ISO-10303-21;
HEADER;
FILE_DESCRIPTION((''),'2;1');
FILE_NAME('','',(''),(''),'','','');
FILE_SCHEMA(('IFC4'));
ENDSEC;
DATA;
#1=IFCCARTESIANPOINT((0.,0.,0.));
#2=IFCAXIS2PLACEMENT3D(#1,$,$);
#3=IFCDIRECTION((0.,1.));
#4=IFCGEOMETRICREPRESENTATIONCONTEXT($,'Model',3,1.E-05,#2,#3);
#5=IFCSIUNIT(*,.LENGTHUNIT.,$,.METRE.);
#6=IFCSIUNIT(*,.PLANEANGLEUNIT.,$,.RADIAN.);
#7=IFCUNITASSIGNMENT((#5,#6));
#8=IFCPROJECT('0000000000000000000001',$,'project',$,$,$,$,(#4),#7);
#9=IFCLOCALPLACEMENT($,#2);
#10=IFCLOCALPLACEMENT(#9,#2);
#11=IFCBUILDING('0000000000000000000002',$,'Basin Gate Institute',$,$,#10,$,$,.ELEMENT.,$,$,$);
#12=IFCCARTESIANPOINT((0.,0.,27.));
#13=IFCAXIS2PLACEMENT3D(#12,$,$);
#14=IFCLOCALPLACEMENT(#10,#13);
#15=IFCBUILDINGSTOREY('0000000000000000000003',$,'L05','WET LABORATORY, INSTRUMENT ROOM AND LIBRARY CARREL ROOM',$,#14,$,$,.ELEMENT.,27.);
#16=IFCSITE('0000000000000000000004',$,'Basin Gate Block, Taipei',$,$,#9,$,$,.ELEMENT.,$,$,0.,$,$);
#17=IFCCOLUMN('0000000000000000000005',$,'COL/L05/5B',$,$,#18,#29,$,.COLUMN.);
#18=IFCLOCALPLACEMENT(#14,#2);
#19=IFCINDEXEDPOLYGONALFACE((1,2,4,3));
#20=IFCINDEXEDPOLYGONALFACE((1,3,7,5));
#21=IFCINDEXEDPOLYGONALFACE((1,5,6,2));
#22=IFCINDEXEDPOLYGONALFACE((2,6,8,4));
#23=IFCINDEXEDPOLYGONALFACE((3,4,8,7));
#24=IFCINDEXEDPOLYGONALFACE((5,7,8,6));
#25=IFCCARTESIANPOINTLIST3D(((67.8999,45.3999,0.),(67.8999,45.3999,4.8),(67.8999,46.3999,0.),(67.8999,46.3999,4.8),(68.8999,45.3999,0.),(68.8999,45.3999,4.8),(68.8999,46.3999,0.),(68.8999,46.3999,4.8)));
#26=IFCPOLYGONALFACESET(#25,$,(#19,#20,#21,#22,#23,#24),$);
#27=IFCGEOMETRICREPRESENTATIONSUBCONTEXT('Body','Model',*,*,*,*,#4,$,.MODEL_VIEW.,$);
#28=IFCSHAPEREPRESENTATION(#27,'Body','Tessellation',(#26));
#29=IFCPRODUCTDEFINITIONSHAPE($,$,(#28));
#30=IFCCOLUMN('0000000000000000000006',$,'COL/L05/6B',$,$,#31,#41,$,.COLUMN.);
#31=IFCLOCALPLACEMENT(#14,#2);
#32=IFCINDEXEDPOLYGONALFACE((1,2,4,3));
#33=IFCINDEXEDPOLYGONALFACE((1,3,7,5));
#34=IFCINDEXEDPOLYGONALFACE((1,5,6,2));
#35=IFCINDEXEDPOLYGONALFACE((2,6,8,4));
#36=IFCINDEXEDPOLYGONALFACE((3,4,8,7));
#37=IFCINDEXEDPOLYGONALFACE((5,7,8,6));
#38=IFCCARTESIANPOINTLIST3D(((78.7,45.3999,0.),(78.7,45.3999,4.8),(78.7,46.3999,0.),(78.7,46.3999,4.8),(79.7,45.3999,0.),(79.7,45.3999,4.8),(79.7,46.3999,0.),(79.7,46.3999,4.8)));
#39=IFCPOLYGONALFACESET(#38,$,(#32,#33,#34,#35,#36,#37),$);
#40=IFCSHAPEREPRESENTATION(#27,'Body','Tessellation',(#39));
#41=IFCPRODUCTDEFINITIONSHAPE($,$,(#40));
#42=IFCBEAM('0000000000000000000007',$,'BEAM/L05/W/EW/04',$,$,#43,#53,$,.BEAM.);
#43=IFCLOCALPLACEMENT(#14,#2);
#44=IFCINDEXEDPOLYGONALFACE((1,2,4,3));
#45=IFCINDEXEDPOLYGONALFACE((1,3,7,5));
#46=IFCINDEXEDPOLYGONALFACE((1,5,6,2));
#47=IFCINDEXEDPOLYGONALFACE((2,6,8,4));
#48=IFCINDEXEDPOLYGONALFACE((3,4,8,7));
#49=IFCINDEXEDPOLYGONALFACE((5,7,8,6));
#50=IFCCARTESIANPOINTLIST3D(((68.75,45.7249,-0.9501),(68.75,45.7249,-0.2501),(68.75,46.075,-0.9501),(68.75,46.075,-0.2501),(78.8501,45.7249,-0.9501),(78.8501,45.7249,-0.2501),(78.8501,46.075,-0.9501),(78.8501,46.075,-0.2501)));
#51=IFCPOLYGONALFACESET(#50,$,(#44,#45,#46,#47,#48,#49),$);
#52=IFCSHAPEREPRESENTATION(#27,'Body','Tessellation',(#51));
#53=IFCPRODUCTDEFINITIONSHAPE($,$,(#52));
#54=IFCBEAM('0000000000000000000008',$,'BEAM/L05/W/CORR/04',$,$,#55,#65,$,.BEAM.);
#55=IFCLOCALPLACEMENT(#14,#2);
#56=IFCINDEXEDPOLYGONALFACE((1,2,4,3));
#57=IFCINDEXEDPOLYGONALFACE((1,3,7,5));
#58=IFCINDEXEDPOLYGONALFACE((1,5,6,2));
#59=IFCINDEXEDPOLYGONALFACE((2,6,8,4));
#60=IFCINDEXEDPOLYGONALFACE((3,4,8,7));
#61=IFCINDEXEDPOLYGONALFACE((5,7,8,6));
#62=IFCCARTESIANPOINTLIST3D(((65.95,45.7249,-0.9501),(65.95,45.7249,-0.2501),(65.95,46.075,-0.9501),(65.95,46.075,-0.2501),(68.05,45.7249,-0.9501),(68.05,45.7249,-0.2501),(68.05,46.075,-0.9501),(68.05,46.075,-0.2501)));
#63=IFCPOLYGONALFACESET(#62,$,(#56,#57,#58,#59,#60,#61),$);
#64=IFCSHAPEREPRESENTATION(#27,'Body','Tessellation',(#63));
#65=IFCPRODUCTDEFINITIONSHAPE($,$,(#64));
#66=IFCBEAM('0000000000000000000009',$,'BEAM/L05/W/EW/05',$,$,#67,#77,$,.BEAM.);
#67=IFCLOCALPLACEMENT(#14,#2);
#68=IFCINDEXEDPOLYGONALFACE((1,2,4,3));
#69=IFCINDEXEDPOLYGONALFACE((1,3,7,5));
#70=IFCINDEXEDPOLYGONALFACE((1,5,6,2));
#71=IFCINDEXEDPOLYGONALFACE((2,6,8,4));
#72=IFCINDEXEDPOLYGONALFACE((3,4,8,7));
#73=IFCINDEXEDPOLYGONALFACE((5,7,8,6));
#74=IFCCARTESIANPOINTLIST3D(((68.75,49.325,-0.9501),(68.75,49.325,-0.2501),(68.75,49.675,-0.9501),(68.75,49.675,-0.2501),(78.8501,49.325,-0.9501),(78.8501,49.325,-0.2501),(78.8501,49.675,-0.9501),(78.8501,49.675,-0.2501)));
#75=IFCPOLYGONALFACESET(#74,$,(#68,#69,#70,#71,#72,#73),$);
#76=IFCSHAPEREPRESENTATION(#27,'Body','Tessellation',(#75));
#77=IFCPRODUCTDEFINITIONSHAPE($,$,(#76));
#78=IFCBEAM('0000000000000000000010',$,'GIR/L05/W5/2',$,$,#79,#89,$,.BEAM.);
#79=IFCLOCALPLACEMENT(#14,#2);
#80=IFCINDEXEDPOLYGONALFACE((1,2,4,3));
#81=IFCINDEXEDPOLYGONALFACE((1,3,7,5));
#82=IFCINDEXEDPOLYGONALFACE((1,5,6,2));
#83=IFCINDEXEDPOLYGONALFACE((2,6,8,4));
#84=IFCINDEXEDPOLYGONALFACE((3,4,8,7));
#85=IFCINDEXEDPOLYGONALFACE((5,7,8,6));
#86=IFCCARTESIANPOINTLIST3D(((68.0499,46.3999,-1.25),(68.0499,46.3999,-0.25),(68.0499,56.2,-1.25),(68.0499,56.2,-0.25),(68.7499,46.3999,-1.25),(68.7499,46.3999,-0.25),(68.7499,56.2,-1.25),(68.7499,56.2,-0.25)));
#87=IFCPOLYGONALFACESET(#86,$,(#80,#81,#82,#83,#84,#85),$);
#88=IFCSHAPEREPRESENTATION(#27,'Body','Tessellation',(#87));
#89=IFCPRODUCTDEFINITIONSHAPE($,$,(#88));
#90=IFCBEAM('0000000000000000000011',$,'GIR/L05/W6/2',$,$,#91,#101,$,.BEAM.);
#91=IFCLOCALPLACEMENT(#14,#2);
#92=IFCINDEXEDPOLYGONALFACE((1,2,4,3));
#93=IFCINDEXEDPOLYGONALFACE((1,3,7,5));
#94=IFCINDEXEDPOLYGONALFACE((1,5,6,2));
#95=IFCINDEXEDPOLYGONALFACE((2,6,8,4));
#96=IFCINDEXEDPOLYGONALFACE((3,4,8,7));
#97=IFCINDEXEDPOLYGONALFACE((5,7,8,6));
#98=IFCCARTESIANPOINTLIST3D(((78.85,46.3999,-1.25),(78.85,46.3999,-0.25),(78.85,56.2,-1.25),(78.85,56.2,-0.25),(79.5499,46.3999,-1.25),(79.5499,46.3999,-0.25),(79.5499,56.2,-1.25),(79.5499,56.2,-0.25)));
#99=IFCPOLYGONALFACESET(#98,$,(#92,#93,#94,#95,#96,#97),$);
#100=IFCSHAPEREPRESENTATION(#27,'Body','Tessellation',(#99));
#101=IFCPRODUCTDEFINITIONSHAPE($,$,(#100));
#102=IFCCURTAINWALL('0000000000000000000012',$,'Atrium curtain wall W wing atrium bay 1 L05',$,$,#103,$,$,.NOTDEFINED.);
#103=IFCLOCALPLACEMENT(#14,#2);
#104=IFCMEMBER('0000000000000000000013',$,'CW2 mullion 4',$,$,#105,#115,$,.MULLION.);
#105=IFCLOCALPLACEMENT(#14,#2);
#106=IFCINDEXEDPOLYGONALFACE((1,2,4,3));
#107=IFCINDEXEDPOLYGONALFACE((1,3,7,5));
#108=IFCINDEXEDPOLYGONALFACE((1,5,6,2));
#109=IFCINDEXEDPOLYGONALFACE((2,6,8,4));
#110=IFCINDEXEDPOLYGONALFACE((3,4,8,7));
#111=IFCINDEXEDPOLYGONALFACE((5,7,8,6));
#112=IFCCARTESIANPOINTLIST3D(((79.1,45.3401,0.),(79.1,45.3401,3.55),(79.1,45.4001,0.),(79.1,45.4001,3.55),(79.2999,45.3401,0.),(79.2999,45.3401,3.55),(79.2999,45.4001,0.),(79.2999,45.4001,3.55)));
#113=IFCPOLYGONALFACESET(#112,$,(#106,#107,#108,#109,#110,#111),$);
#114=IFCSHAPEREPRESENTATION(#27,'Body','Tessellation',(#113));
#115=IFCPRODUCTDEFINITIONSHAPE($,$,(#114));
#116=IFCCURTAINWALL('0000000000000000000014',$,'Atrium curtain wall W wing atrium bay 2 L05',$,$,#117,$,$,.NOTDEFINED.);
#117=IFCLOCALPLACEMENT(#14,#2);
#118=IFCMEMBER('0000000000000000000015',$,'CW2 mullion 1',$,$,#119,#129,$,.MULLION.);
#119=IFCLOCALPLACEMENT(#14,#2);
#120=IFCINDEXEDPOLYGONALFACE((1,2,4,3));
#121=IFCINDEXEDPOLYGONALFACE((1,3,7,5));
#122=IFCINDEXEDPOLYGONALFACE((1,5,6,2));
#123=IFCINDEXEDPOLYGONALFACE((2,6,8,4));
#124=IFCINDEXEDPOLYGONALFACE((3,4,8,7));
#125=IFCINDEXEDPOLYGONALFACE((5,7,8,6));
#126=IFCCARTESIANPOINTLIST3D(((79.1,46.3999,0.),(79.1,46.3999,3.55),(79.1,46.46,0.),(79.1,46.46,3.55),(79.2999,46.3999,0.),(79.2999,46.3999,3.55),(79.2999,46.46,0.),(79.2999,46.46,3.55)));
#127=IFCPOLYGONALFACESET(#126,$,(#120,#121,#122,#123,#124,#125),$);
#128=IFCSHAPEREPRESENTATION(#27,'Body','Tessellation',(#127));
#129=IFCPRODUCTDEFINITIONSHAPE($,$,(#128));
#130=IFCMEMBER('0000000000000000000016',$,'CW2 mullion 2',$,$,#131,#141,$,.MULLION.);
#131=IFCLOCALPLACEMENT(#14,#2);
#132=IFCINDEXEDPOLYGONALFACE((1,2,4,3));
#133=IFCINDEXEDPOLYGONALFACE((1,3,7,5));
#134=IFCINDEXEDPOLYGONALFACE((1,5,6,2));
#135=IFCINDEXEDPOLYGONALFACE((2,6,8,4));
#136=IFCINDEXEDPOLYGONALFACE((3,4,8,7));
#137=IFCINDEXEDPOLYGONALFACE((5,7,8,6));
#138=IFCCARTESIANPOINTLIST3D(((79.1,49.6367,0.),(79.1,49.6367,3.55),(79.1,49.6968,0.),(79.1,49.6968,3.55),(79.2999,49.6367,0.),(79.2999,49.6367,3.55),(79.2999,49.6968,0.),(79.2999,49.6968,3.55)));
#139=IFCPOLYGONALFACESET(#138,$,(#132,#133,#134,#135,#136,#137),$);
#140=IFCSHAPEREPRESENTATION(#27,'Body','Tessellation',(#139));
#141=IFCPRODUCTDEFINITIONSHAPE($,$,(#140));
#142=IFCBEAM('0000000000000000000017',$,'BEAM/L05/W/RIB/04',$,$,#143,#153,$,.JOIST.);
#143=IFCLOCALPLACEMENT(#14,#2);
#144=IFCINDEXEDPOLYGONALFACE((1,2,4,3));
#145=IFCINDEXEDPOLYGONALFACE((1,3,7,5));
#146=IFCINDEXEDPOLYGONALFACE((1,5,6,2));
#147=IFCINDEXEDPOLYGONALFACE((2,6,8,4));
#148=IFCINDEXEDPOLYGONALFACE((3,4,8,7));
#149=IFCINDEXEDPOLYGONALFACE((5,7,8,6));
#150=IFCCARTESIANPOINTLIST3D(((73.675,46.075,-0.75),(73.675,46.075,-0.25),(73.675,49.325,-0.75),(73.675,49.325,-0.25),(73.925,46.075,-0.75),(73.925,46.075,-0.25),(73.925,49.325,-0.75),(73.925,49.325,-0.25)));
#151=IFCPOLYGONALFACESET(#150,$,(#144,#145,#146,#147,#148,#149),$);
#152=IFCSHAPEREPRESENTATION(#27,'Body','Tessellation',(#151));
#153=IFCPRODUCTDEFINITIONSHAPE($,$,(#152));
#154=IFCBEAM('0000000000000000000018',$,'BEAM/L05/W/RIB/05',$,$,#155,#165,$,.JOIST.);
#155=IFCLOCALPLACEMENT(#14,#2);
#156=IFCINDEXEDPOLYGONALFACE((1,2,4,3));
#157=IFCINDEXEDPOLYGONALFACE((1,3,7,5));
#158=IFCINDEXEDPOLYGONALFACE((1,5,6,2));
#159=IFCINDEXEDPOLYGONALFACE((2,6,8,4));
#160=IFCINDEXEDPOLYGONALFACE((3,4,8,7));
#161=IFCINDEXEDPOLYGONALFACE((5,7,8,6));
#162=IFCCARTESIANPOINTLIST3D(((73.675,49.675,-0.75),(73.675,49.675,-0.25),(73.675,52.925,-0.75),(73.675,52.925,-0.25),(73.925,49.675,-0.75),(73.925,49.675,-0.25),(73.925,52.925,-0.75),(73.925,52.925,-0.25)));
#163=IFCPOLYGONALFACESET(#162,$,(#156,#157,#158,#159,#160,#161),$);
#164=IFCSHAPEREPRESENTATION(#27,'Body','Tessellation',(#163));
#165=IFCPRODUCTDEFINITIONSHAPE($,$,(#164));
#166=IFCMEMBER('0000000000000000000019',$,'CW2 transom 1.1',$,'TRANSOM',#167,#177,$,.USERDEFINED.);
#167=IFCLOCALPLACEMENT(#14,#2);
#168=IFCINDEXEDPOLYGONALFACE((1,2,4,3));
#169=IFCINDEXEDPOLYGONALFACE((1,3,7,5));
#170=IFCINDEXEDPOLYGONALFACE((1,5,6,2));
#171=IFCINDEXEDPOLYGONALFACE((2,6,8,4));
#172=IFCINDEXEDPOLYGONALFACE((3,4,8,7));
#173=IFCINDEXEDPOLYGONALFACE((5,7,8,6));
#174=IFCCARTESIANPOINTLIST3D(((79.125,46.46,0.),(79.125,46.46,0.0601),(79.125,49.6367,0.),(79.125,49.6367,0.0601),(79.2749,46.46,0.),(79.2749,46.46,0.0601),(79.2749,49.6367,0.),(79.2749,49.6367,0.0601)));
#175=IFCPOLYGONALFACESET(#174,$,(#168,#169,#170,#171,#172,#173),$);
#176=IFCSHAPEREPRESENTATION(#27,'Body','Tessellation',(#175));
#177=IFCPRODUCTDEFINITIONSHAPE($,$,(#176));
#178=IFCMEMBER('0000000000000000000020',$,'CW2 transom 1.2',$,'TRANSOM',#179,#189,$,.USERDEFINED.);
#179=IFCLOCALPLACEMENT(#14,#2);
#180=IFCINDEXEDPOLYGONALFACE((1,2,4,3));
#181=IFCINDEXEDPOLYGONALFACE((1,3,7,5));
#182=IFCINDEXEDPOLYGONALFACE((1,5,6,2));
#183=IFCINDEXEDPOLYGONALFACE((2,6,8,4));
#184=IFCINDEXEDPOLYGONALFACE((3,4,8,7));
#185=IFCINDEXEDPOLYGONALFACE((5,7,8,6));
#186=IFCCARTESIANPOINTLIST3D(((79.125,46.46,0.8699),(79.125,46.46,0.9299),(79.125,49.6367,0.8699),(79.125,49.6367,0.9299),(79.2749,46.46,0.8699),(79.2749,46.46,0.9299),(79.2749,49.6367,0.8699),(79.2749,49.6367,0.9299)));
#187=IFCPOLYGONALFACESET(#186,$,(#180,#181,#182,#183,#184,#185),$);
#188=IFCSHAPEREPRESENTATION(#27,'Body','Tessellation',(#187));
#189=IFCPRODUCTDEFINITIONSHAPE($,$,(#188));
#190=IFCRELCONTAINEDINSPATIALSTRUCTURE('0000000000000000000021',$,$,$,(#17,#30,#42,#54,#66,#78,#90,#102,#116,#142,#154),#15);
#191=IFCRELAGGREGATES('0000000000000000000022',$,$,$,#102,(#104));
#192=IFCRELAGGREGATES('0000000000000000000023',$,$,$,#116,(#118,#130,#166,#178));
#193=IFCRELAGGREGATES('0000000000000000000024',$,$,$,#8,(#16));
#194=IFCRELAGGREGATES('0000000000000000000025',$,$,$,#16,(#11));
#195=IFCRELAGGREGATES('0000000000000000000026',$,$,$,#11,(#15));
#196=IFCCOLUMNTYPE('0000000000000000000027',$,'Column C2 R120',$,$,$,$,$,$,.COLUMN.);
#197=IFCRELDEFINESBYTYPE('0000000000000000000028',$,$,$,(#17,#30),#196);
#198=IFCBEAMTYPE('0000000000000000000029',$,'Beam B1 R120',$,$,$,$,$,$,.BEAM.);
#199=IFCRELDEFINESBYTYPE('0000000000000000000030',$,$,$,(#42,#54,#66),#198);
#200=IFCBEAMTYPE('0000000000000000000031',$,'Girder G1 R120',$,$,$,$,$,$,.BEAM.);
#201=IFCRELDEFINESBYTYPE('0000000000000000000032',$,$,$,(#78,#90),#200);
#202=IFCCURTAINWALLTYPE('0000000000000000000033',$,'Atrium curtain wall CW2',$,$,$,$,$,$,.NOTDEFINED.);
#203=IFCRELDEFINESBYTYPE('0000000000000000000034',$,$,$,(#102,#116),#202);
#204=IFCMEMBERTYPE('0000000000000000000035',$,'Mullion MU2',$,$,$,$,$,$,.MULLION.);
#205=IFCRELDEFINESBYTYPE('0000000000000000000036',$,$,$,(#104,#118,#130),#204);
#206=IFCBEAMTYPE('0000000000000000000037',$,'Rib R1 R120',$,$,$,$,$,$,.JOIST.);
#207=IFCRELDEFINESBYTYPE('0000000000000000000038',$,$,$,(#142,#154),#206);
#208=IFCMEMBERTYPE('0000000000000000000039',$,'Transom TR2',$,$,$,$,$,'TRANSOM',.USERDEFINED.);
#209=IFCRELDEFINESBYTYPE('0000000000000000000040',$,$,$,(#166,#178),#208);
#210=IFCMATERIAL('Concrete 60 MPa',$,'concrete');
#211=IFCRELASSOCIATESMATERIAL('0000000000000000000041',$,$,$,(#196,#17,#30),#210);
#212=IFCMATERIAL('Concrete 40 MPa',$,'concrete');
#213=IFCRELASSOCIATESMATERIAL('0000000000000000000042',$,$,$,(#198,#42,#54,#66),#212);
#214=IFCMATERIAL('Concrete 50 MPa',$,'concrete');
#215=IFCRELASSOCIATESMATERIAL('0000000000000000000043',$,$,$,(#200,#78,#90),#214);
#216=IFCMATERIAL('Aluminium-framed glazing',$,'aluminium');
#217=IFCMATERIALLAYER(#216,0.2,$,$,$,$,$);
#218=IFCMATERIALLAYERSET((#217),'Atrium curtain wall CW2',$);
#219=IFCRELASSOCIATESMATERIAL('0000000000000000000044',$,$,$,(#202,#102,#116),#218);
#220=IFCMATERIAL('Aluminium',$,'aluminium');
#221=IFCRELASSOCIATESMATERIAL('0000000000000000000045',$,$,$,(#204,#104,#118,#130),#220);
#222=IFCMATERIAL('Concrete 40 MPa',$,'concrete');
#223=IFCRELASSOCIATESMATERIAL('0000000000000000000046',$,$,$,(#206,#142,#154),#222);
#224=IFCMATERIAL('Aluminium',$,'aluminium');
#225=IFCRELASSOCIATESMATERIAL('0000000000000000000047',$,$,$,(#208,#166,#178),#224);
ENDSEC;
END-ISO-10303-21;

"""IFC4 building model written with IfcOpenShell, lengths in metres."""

from ifc_helpers import new_model, si_unit, direction, frame, origin, origin_2d, place, context, subcontext, project, spatial, rectangle, extrude, material, layer, layer_set, material_profile, profile_set, type_object, element, aggregate, save


model = new_model("IFC4")

# Units and contexts
model_context = context("Model", 3, precision=1e-05, world=origin(), true_north=direction((0.0, 1.0)))
body_context = subcontext(model_context, "Body", "Model", "MODEL_VIEW")
ifc_project = project(units=[si_unit("LENGTHUNIT", "METRE"), si_unit("PLANEANGLEUNIT", "RADIAN")], contexts=[model_context])

# Site, building, storey
site_placement = place(None, origin())
site = spatial("IfcSite", under=ifc_project, at=site_placement, Name="Basin Gate Block, Taipei", CompositionType="ELEMENT", RefElevation=0.0)
building_placement = place(site_placement, origin())
building = spatial("IfcBuilding", under=site, at=building_placement, Name="Basin Gate Institute", CompositionType="ELEMENT")
storey_placement = place(building_placement, frame((0.0, 0.0, 27.0)))
storey = spatial("IfcBuildingStorey", under=building, at=storey_placement, Name="L05", Description="WET LABORATORY, INSTRUMENT ROOM AND LIBRARY CARREL ROOM", CompositionType="ELEMENT", Elevation=27.0)

# Columns
ifc_material_1 = material(Name="Concrete 60 MPa", Category="concrete")
ifc_material_profile_1 = material_profile(ifc_material_1, rectangle(XDim=1.0, YDim=1.0, at=origin_2d()), Name="Column C2 1000 x 1000")
ifc_profile_set_1 = profile_set([ifc_material_profile_1], Name="Concrete 60 MPa")
column_type = type_object("IfcColumnType", Name="Column C2 R120", PredefinedType="COLUMN", material=ifc_profile_set_1)
for number, where, z_axis, x_axis, name in (
    (1, (68.3999, 45.8999, 0.0), (0.0, 0.0, 1.0), (1.0, 0.0, 0.0), "COL/L05/5B"),
    (2, (79.2, 45.8999, 0.0), (0.0, 0.0, 1.0), (1.0, 0.0, 0.0), "COL/L05/6B"),
):
    element("IfcColumn", number, at=place(storey_placement, frame(where, z_axis=z_axis, x_axis=x_axis)), inside=storey, type_object=column_type, material=ifc_profile_set_1, Name=name, PredefinedType="COLUMN", context=body_context, shape_type="SweptSolid", body=[
        extrude(rectangle(XDim=1.0, YDim=1.0, at=origin_2d()), origin(), (0.0, 0.0, 1.0), 4.8),
    ])

# Beams
ifc_material_2 = material(Name="Concrete 40 MPa", Category="concrete")
ifc_material_profile_2 = material_profile(ifc_material_2, rectangle(XDim=0.3501, YDim=0.7, at=origin_2d()), Name="Beam B1 350 x 700")
ifc_profile_set_2 = profile_set([ifc_material_profile_2], Name="Concrete 40 MPa")
beam_type_1 = type_object("IfcBeamType", Name="Beam B1 R120", PredefinedType="BEAM", material=ifc_profile_set_2)
beam_1_placement = place(storey_placement, frame((68.75, 45.8999, -0.6001), z_axis=(1.0, 0.0, 0.0), x_axis=(0.0, 1.0, 0.0)))
element("IfcBeam", 3, at=beam_1_placement, inside=storey, type_object=beam_type_1, material=ifc_profile_set_2, Name="BEAM/L05/W/EW/04", PredefinedType="BEAM", context=body_context, shape_type="SweptSolid", body=[
    extrude(rectangle(XDim=0.3501, YDim=0.7, at=origin_2d()), origin(), (0.0, 0.0, 1.0), 10.1001),
])
beam_2_placement = place(storey_placement, frame((65.95, 45.8999, -0.6001), z_axis=(1.0, 0.0, 0.0), x_axis=(0.0, 1.0, 0.0)))
element("IfcBeam", 4, at=beam_2_placement, inside=storey, type_object=beam_type_1, material=ifc_profile_set_2, Name="BEAM/L05/W/CORR/04", PredefinedType="BEAM", context=body_context, shape_type="SweptSolid", body=[
    extrude(rectangle(XDim=0.3501, YDim=0.7, at=origin_2d()), origin(), (0.0, 0.0, 1.0), 2.1001),
])
beam_3_placement = place(storey_placement, frame((68.75, 49.5, -0.6001), z_axis=(1.0, 0.0, 0.0), x_axis=(0.0, 1.0, 0.0)))
element("IfcBeam", 5, at=beam_3_placement, inside=storey, type_object=beam_type_1, material=ifc_profile_set_2, Name="BEAM/L05/W/EW/05", PredefinedType="BEAM", context=body_context, shape_type="SweptSolid", body=[
    extrude(rectangle(XDim=0.3501, YDim=0.7, at=origin_2d()), origin(), (0.0, 0.0, 1.0), 10.1001),
])
ifc_material_3 = material(Name="Concrete 50 MPa", Category="concrete")
ifc_material_profile_3 = material_profile(ifc_material_3, rectangle(XDim=0.7, YDim=1.0, at=origin_2d()), Name="Girder G1 700 x 1000")
ifc_profile_set_3 = profile_set([ifc_material_profile_3], Name="Concrete 50 MPa")
beam_type_2 = type_object("IfcBeamType", Name="Girder G1 R120", PredefinedType="BEAM", material=ifc_profile_set_3)
for number, where, z_axis, x_axis, name in (
    (6, (68.3999, 46.3999, -0.75), (0.0, 1.0, 0.0), (-1.0, 0.0, 0.0), "GIR/L05/W5/2"),
    (7, (79.2, 46.3999, -0.75), (0.0, 1.0, 0.0), (-1.0, 0.0, 0.0), "GIR/L05/W6/2"),
):
    element("IfcBeam", number, at=place(storey_placement, frame(where, z_axis=z_axis, x_axis=x_axis)), inside=storey, type_object=beam_type_2, material=ifc_profile_set_3, Name=name, PredefinedType="BEAM", context=body_context, shape_type="SweptSolid", body=[
        extrude(rectangle(XDim=0.7, YDim=1.0, at=origin_2d()), origin(), (0.0, 0.0, 1.0), 9.8),
    ])

# Curtain wall, member
ifc_material_4 = material(Name="Aluminium-framed glazing", Category="aluminium")
ifc_layer_1 = layer(ifc_material_4, 0.2)
ifc_layer_set_1 = layer_set([ifc_layer_1], Name="Atrium curtain wall CW2")
curtain_wall_type = type_object("IfcCurtainWallType", Name="Atrium curtain wall CW2", PredefinedType="NOTDEFINED", material=ifc_layer_set_1)
curtain_wall_1_placement = place(storey_placement, origin())
curtain_wall_1 = element("IfcCurtainWall", 8, at=curtain_wall_1_placement, inside=storey, type_object=curtain_wall_type, material=ifc_layer_set_1, Name="Atrium curtain wall W wing atrium bay 1 L05", PredefinedType="NOTDEFINED")
ifc_material_5 = material(Name="Aluminium", Category="aluminium")
ifc_material_profile_4 = material_profile(ifc_material_5, rectangle(XDim=0.2, YDim=0.0601, at=origin_2d()), Name="Mullion MU2 200 x 60")
ifc_profile_set_4 = profile_set([ifc_material_profile_4], Name="Aluminium")
member_type_1 = type_object("IfcMemberType", Name="Mullion MU2", PredefinedType="MULLION", material=ifc_profile_set_4)
member_1_placement = place(storey_placement, frame((79.2, 45.3701, 0.0), z_axis=(0.0, 0.0, 1.0), x_axis=(-1.0, 0.0, 0.0)))
member_1 = element("IfcMember", 9, at=member_1_placement, type_object=member_type_1, material=ifc_profile_set_4, Name="CW2 mullion 4", PredefinedType="MULLION", context=body_context, shape_type="SweptSolid", body=[
    extrude(rectangle(XDim=0.2, YDim=0.0601, at=origin_2d()), origin(), (0.0, 0.0, 1.0), 3.55),
])

# Curtain wall, members
curtain_wall_2_placement = place(storey_placement, origin())
curtain_wall_2 = element("IfcCurtainWall", 10, at=curtain_wall_2_placement, inside=storey, type_object=curtain_wall_type, material=ifc_layer_set_1, Name="Atrium curtain wall W wing atrium bay 2 L05", PredefinedType="NOTDEFINED")
member_2_placement = place(storey_placement, frame((79.2, 46.4299, 0.0), z_axis=(0.0, 0.0, 1.0), x_axis=(-1.0, 0.0, 0.0)))
member_2 = element("IfcMember", 11, at=member_2_placement, type_object=member_type_1, material=ifc_profile_set_4, Name="CW2 mullion 1", PredefinedType="MULLION", context=body_context, shape_type="SweptSolid", body=[
    extrude(rectangle(XDim=0.2, YDim=0.0601, at=origin_2d()), origin(), (0.0, 0.0, 1.0), 3.55),
])
member_3_placement = place(storey_placement, frame((79.2, 49.6667, 0.0), z_axis=(0.0, 0.0, 1.0), x_axis=(-1.0, 0.0, 0.0)))
member_3 = element("IfcMember", 12, at=member_3_placement, type_object=member_type_1, material=ifc_profile_set_4, Name="CW2 mullion 2", PredefinedType="MULLION", context=body_context, shape_type="SweptSolid", body=[
    extrude(rectangle(XDim=0.2, YDim=0.0601, at=origin_2d()), origin(), (0.0, 0.0, 1.0), 3.55),
])

# Beams
ifc_material_6 = material(Name="Concrete 40 MPa", Category="concrete")
ifc_material_profile_5 = material_profile(ifc_material_6, rectangle(XDim=0.25, YDim=0.5, at=origin_2d()), Name="Rib R1 250 x 500")
ifc_profile_set_5 = profile_set([ifc_material_profile_5], Name="Concrete 40 MPa")
beam_type_3 = type_object("IfcBeamType", Name="Rib R1 R120", PredefinedType="JOIST", material=ifc_profile_set_5)
for number, where, z_axis, x_axis, name in (
    (13, (73.8, 46.075, -0.5), (0.0, 1.0, 0.0), (-1.0, 0.0, 0.0), "BEAM/L05/W/RIB/04"),
    (14, (73.8, 49.675, -0.5), (0.0, 1.0, 0.0), (-1.0, 0.0, 0.0), "BEAM/L05/W/RIB/05"),
):
    element("IfcBeam", number, at=place(storey_placement, frame(where, z_axis=z_axis, x_axis=x_axis)), inside=storey, type_object=beam_type_3, material=ifc_profile_set_5, Name=name, PredefinedType="JOIST", context=body_context, shape_type="SweptSolid", body=[
        extrude(rectangle(XDim=0.25, YDim=0.5, at=origin_2d()), origin(), (0.0, 0.0, 1.0), 3.25),
    ])

# Members
ifc_material_7 = material(Name="Aluminium", Category="aluminium")
ifc_material_profile_6 = material_profile(ifc_material_7, rectangle(XDim=0.1499, YDim=0.0601, at=origin_2d()), Name="Transom TR2 150 x 60")
ifc_profile_set_6 = profile_set([ifc_material_profile_6], Name="Aluminium")
member_type_2 = type_object("IfcMemberType", Name="Transom TR2", ElementType="TRANSOM", PredefinedType="USERDEFINED", material=ifc_profile_set_6)
member_4_placement = place(storey_placement, frame((79.2, 46.46, 0.03), z_axis=(0.0, 1.0, 0.0), x_axis=(-1.0, 0.0, 0.0)))
member_4 = element("IfcMember", 15, at=member_4_placement, type_object=member_type_2, material=ifc_profile_set_6, Name="CW2 transom 1.1", ObjectType="TRANSOM", PredefinedType="USERDEFINED", context=body_context, shape_type="SweptSolid", body=[
    extrude(rectangle(XDim=0.1499, YDim=0.0601, at=origin_2d()), origin(), (0.0, 0.0, 1.0), 3.1768),
])
member_5_placement = place(storey_placement, frame((79.2, 46.46, 0.8999), z_axis=(0.0, 1.0, 0.0), x_axis=(-1.0, 0.0, 0.0)))
member_5 = element("IfcMember", 16, at=member_5_placement, type_object=member_type_2, material=ifc_profile_set_6, Name="CW2 transom 1.2", ObjectType="TRANSOM", PredefinedType="USERDEFINED", context=body_context, shape_type="SweptSolid", body=[
    extrude(rectangle(XDim=0.1499, YDim=0.0601, at=origin_2d()), origin(), (0.0, 0.0, 1.0), 3.1768),
])

aggregate(curtain_wall_1, [member_1])
aggregate(curtain_wall_2, [member_2, member_3, member_4, member_5])

save(model, "model.ifc")
